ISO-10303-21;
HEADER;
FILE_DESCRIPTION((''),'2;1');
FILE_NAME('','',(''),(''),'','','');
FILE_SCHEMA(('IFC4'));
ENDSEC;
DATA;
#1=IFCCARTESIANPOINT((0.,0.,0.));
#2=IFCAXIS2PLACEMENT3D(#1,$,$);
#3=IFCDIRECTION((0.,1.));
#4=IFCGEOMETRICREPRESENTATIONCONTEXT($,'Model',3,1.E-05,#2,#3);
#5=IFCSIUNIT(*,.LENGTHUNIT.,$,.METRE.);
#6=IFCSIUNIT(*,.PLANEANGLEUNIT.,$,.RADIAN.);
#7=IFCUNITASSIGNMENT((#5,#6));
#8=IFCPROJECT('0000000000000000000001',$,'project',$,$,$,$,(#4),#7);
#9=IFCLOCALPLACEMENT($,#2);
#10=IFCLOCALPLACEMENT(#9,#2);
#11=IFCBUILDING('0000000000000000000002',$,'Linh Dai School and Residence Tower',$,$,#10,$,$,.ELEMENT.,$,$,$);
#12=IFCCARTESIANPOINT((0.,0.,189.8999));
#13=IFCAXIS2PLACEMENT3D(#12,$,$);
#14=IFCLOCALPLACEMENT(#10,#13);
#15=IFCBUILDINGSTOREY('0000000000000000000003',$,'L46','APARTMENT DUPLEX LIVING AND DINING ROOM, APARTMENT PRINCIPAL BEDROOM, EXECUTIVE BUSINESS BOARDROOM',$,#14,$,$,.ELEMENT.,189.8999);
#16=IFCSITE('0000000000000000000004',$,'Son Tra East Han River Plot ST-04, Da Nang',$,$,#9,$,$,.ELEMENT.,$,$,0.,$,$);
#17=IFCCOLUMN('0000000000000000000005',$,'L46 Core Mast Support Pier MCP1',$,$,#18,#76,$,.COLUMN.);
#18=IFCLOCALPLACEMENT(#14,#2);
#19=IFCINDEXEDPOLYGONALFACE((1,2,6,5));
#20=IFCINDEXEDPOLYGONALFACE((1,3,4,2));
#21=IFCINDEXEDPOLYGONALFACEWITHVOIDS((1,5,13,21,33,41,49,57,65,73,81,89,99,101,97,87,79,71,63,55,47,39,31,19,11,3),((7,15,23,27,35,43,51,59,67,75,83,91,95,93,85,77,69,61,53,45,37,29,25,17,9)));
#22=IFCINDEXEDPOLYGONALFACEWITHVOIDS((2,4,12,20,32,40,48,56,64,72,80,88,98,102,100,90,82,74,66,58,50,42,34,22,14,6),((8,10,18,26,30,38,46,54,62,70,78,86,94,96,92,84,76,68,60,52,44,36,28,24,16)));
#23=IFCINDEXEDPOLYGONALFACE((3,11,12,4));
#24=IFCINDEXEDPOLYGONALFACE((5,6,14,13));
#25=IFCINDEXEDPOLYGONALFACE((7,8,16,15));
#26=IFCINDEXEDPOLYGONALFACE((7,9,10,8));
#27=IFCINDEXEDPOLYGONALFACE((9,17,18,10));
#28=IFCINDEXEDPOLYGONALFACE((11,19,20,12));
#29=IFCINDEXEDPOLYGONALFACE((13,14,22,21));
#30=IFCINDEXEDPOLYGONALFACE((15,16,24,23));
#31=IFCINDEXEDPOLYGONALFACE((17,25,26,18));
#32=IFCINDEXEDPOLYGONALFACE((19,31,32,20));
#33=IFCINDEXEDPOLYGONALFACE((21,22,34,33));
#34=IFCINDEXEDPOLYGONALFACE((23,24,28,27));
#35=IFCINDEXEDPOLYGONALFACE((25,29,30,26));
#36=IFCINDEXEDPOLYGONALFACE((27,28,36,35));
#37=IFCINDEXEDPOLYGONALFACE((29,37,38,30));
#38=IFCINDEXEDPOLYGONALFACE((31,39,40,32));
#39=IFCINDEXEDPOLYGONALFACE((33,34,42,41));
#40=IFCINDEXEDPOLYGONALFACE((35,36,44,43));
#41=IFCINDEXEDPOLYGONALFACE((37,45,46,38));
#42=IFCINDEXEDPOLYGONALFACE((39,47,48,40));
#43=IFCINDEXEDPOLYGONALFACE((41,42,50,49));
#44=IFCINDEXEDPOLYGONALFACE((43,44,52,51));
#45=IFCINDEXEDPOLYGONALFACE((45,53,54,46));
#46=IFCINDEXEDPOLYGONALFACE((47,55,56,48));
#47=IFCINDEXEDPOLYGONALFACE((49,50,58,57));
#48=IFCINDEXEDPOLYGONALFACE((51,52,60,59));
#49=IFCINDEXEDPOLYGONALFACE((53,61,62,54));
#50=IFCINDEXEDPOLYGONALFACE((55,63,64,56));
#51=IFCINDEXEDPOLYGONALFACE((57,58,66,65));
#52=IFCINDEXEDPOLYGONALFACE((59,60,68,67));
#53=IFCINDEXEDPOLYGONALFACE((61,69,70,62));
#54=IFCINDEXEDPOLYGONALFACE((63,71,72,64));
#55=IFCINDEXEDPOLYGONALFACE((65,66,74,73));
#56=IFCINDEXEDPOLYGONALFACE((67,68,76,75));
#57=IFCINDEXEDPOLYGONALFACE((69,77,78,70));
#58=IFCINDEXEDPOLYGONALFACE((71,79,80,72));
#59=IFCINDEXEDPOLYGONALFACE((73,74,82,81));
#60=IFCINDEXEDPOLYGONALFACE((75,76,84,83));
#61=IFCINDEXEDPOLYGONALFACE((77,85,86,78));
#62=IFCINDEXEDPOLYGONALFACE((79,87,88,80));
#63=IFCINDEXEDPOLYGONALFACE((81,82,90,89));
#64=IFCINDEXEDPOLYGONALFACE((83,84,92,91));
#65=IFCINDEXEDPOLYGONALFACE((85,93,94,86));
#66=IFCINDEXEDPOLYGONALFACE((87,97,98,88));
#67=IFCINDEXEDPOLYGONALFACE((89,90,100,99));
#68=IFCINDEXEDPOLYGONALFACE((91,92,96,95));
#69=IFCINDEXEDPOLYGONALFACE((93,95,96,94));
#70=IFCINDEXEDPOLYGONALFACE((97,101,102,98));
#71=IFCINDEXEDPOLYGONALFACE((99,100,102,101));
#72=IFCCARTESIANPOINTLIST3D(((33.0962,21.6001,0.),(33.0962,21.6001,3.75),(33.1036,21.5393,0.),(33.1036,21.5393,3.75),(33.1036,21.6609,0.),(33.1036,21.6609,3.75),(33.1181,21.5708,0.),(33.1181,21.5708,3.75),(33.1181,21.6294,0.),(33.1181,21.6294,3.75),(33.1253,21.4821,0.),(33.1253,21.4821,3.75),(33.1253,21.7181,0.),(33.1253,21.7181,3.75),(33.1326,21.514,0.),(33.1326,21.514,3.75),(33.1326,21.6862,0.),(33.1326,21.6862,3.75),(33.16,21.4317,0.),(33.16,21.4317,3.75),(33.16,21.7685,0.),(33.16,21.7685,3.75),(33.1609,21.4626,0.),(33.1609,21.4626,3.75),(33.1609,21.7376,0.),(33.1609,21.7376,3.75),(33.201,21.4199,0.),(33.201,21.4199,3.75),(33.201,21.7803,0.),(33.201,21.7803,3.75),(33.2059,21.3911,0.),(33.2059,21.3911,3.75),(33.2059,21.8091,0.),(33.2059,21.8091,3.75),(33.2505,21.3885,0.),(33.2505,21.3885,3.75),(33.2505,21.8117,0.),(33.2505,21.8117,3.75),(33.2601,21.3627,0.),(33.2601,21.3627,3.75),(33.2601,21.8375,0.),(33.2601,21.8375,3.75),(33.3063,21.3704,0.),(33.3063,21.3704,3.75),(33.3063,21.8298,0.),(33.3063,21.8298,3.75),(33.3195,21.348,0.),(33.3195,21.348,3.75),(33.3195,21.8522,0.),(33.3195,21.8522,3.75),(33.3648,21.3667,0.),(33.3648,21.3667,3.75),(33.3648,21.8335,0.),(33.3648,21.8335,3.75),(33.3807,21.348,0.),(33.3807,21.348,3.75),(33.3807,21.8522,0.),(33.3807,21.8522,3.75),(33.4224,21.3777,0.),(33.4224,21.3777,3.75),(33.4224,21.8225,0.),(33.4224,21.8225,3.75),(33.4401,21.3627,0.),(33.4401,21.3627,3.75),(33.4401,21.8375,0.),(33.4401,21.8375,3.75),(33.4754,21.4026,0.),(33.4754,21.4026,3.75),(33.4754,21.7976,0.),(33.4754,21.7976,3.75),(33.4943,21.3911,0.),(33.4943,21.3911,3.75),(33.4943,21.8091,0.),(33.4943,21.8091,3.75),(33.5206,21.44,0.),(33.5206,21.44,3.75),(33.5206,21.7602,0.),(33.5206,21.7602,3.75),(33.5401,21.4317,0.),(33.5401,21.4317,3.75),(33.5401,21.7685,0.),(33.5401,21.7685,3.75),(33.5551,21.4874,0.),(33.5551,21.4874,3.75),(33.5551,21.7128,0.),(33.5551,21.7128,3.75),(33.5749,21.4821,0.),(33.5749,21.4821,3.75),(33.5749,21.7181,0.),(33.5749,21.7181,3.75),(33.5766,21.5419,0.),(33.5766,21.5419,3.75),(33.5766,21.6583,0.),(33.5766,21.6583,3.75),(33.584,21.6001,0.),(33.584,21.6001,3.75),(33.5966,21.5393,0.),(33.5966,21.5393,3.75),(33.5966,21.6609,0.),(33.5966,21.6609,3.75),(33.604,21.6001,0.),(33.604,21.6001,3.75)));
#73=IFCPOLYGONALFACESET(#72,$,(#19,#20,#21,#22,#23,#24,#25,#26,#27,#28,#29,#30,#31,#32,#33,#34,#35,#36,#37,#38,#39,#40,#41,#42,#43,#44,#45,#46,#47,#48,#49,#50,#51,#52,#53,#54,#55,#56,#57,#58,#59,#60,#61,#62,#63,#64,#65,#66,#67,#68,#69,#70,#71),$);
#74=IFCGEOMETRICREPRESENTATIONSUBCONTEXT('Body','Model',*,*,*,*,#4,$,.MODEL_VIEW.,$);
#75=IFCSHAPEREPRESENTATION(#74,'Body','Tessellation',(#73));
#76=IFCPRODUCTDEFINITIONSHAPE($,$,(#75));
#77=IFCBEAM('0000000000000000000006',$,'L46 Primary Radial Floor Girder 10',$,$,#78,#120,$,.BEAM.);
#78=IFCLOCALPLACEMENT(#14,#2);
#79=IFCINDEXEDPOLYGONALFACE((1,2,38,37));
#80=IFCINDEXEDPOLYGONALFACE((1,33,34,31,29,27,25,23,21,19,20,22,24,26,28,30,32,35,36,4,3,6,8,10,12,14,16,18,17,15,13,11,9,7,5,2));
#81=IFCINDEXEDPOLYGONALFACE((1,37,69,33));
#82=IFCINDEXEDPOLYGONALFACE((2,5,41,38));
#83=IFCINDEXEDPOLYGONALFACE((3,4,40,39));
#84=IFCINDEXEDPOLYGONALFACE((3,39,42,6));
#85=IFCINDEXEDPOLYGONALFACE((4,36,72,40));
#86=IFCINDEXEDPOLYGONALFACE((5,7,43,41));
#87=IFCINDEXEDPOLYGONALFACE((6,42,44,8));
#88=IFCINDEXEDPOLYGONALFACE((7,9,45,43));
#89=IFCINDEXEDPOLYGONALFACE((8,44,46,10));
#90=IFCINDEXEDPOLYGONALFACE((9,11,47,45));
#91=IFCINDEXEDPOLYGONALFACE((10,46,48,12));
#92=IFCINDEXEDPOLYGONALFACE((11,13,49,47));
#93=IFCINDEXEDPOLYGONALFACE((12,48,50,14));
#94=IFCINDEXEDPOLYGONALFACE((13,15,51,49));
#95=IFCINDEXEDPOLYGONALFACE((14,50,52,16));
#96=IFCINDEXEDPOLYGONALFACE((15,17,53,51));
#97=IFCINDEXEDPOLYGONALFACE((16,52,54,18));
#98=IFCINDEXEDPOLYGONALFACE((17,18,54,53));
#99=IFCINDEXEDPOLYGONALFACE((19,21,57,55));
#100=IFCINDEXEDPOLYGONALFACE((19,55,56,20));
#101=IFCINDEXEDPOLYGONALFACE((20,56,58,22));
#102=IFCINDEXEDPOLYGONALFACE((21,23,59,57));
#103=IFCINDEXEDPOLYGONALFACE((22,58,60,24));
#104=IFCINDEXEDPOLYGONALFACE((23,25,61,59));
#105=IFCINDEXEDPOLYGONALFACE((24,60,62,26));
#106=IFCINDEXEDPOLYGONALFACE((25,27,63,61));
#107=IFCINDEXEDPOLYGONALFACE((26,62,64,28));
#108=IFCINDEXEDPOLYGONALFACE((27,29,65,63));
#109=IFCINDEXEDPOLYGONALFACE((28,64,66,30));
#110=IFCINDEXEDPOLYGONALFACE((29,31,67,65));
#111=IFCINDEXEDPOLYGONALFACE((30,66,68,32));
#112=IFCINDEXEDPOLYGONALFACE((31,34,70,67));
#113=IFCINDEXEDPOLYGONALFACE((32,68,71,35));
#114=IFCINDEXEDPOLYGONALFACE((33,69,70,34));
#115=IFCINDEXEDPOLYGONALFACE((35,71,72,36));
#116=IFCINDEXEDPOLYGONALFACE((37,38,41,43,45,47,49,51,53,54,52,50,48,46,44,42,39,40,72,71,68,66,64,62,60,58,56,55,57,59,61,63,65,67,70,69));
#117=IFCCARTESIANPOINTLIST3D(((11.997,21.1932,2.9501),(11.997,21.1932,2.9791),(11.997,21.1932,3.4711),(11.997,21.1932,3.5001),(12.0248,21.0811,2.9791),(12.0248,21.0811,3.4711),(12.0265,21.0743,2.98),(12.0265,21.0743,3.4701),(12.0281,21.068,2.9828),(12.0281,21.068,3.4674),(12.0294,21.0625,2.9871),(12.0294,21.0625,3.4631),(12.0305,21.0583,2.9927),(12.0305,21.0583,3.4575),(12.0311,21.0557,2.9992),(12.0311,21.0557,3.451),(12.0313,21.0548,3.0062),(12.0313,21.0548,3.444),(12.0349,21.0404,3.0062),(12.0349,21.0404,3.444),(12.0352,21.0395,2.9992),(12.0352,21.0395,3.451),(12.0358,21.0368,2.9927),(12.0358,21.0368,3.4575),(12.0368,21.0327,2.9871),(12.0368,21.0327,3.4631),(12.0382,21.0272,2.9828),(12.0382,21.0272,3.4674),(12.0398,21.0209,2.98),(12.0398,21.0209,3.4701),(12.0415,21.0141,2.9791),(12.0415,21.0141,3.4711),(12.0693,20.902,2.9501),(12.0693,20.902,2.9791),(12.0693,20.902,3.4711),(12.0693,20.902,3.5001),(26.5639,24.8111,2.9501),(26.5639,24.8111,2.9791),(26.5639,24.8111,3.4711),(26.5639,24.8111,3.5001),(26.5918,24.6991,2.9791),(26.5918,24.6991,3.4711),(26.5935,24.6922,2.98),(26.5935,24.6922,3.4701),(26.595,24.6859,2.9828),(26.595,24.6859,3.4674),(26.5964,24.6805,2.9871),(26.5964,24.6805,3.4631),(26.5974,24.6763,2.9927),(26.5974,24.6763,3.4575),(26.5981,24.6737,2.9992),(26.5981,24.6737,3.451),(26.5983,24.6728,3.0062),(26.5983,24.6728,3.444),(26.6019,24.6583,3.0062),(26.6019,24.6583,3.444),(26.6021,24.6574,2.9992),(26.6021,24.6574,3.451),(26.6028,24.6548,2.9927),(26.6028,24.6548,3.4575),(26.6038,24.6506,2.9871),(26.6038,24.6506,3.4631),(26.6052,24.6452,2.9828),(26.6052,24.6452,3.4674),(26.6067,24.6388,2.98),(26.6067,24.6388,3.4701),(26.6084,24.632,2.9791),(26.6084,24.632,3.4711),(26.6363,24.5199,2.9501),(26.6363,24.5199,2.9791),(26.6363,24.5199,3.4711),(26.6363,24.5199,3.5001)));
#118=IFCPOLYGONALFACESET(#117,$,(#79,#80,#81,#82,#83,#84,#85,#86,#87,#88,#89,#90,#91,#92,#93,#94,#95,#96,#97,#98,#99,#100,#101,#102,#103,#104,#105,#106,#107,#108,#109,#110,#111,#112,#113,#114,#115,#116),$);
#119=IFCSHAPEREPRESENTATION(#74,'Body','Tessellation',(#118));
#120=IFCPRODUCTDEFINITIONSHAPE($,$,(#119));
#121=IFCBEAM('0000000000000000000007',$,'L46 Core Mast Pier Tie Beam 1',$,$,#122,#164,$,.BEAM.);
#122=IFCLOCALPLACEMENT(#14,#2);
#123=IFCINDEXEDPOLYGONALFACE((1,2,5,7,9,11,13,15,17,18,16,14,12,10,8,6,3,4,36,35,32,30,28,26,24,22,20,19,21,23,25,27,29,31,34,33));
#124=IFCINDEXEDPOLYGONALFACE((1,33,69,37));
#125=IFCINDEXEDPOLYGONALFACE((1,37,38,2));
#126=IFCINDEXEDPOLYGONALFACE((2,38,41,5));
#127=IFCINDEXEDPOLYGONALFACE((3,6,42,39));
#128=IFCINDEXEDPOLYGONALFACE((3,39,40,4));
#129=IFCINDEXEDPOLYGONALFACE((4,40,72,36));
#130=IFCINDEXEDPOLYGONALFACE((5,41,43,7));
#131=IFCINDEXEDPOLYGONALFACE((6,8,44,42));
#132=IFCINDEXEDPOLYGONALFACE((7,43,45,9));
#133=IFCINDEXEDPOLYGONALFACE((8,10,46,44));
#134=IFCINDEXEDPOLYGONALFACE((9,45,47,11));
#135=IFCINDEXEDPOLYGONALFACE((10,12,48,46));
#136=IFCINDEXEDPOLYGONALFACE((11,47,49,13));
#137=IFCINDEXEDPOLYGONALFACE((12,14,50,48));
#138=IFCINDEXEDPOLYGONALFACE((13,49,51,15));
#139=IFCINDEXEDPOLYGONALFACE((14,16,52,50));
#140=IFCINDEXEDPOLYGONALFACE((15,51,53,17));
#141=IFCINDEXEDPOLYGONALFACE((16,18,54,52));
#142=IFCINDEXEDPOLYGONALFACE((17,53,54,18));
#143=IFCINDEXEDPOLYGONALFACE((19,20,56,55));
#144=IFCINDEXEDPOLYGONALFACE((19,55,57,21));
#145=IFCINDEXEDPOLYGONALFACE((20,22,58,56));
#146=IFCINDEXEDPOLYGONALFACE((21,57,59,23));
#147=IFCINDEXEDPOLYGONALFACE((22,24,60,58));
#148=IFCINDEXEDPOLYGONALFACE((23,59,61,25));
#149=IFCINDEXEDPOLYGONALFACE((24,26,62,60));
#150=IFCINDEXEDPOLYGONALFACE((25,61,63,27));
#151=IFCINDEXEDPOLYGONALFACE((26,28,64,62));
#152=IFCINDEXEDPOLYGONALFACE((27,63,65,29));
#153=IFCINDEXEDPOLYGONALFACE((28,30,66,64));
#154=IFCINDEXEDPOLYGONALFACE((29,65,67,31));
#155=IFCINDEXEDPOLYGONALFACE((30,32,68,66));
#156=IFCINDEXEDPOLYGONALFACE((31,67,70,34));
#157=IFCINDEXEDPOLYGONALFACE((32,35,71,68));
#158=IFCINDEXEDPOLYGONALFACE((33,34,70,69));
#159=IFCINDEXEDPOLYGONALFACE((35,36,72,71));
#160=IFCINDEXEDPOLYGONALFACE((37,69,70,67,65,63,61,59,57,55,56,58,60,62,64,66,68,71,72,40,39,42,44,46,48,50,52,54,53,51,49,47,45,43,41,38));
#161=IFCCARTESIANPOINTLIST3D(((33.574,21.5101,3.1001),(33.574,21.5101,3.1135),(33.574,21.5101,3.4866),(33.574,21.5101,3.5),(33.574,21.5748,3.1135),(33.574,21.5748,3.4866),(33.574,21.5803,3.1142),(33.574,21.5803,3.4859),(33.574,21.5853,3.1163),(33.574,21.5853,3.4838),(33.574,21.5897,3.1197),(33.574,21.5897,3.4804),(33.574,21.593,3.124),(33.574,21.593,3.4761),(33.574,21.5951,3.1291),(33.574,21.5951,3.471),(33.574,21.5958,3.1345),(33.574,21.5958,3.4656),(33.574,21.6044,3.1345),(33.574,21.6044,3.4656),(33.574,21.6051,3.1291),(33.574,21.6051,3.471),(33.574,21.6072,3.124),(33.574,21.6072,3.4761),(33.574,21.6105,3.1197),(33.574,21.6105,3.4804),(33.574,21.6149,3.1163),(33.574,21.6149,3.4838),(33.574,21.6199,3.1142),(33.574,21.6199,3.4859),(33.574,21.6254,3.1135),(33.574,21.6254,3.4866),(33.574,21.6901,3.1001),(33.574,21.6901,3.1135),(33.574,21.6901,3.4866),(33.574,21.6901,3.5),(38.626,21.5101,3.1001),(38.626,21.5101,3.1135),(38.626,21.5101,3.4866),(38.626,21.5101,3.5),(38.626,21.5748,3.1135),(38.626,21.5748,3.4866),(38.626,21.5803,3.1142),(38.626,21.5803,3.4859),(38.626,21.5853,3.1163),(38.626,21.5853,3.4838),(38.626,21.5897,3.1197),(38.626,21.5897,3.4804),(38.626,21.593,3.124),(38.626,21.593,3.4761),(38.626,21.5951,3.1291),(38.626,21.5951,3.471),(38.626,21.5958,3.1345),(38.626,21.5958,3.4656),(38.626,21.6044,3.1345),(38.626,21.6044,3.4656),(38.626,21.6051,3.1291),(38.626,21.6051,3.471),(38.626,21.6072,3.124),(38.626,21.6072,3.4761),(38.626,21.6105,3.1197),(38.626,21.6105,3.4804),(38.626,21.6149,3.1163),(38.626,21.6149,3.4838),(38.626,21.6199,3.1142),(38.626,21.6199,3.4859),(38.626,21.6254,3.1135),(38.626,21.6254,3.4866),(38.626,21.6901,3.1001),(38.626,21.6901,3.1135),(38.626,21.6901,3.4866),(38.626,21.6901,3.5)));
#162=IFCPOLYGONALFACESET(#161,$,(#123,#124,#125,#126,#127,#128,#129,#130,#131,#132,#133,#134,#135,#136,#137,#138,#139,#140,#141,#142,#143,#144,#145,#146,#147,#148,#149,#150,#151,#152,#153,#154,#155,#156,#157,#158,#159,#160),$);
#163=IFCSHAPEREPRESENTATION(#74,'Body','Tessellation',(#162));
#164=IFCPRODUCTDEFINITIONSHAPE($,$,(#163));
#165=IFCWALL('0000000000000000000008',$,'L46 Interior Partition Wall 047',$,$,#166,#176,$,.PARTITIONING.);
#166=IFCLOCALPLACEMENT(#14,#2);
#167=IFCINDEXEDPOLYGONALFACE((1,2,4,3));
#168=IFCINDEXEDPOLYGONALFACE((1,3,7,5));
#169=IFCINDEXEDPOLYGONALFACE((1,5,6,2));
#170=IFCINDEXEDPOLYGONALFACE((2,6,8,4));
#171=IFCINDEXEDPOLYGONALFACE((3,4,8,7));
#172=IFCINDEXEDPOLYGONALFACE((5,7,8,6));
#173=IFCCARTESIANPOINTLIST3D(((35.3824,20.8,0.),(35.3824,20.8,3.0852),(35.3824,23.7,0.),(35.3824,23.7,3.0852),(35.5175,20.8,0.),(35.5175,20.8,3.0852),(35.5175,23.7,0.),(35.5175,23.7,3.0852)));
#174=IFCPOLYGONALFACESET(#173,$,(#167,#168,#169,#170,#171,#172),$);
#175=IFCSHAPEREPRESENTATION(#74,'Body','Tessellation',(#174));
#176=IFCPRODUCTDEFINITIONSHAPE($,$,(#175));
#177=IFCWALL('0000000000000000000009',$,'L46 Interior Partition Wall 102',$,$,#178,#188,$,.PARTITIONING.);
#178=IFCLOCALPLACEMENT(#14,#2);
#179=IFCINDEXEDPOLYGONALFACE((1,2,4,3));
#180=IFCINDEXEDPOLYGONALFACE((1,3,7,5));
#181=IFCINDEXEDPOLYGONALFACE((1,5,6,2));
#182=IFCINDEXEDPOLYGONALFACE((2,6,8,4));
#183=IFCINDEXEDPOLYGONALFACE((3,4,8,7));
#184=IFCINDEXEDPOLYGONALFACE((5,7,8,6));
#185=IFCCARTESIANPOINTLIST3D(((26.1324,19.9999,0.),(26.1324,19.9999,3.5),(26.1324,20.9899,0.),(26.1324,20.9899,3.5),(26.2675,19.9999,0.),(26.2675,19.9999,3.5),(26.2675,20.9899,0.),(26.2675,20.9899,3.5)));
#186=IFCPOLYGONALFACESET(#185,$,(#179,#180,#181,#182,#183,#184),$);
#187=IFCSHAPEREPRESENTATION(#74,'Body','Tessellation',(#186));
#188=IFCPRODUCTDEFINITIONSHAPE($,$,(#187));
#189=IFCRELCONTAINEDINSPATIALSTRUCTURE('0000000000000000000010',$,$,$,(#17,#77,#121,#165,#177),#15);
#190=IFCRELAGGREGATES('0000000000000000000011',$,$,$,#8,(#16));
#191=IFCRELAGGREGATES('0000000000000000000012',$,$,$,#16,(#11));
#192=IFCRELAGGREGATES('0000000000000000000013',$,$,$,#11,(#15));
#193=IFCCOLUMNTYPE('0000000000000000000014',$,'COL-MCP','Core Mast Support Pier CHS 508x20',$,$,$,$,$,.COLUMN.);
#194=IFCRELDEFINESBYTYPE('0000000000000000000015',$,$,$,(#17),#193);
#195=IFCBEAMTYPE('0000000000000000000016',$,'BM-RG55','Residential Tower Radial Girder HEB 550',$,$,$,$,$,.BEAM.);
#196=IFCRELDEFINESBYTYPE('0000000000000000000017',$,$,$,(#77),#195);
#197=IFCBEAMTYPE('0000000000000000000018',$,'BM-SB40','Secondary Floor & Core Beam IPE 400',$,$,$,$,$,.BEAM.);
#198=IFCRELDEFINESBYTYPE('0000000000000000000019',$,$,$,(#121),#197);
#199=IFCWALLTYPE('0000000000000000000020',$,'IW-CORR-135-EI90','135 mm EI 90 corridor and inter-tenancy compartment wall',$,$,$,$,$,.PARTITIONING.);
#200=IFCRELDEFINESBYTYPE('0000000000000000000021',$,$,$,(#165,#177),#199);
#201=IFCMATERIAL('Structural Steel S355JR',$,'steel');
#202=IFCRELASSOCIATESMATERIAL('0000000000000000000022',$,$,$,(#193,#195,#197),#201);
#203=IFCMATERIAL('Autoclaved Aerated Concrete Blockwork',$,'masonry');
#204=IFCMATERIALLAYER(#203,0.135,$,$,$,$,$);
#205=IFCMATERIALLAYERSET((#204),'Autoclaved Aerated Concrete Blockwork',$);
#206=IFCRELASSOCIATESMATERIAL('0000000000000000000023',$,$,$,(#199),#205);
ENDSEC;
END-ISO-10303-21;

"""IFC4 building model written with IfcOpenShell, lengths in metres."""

from ifc_helpers import new_model, si_unit, direction, frame, frame_2d, origin, origin_2d, place, context, subcontext, project, spatial, rectangle, hollow_circle, i_section, extrude, material, layer, layer_set, material_profile, profile_set, type_object, element, save


model = new_model("IFC4")

# Units and contexts
model_context = context("Model", 3, precision=1e-05, world=origin(), true_north=direction((0.0, 1.0)))
body_context = subcontext(model_context, "Body", "Model", "MODEL_VIEW")
ifc_project = project(units=[si_unit("LENGTHUNIT", "METRE"), si_unit("PLANEANGLEUNIT", "RADIAN")], contexts=[model_context])

# Site, building, storey
site_placement = place(None, origin())
site = spatial("IfcSite", under=ifc_project, at=site_placement, Name="Son Tra East Han River Plot ST-04, Da Nang", CompositionType="ELEMENT", RefElevation=0.0)
building_placement = place(site_placement, origin())
building = spatial("IfcBuilding", under=site, at=building_placement, Name="Linh Dai School and Residence Tower", CompositionType="ELEMENT")
storey_placement = place(building_placement, frame((0.0, 0.0, 189.8999)))
storey = spatial("IfcBuildingStorey", under=building, at=storey_placement, Name="L46", Description="APARTMENT DUPLEX LIVING AND DINING ROOM, APARTMENT PRINCIPAL BEDROOM, EXECUTIVE BUSINESS BOARDROOM", CompositionType="ELEMENT", Elevation=189.8999)

# Column
ifc_material_1 = material(Name="Structural Steel S355JR", Category="steel")
ifc_material_profile_1 = material_profile(ifc_material_1, hollow_circle(Radius=0.2539, WallThickness=0.02, at=origin_2d()), Name="CHS 508x20")
ifc_profile_set_1 = profile_set([ifc_material_profile_1], Name="Structural Steel S355JR")
column_type_1 = type_object("IfcColumnType", Name="COL-MCP", Description="Core Mast Support Pier CHS 508x20", PredefinedType="COLUMN", material=ifc_profile_set_1)
column_placement = place(storey_placement, frame((33.3501, 21.6001, 0.0), z_axis=(0.0, 0.0, 1.0), x_axis=(1.0, 0.0, 0.0)))
element("IfcColumn", 1, at=column_placement, inside=storey, type_object=column_type_1, Name="L46 Core Mast Support Pier MCP1", PredefinedType="COLUMN", context=body_context, shape_type="SweptSolid", body=[
    extrude(hollow_circle(Radius=0.2539, WallThickness=0.02, at=origin_2d()), origin(), (0.0, 0.0, 1.0), 3.75),
])

# Beams
ifc_material_profile_2 = material_profile(ifc_material_1, i_section(OverallWidth=0.3, OverallDepth=0.55, WebThickness=0.0149, FlangeThickness=0.0291, FilletRadius=0.0271, at=origin_2d()), Name="HEB 550")
ifc_profile_set_2 = profile_set([ifc_material_profile_2], Name="Structural Steel S355JR")
beam_type_1 = type_object("IfcBeamType", Name="BM-RG55", Description="Residential Tower Radial Girder HEB 550", PredefinedType="BEAM", material=ifc_profile_set_2)
beam_1_placement = place(storey_placement, frame((26.6001, 24.6655, 3.2251), z_axis=(-0.970515, -0.241043, 0.0), x_axis=(0.241043, -0.970515, 0.0)))
element("IfcBeam", 2, at=beam_1_placement, inside=storey, type_object=beam_type_1, Name="L46 Primary Radial Floor Girder 10", PredefinedType="BEAM", context=body_context, shape_type="SweptSolid", body=[
    extrude(i_section(OverallWidth=0.3, OverallDepth=0.55, WebThickness=0.0149, FlangeThickness=0.0291, FilletRadius=0.0271, at=origin_2d()), origin(), (0.0, 0.0, 1.0), 15.0095),
])
ifc_material_profile_3 = material_profile(ifc_material_1, i_section(OverallWidth=0.1799, OverallDepth=0.3999, WebThickness=0.0085, FlangeThickness=0.0134, FilletRadius=0.021, at=origin_2d()), Name="IPE 400")
ifc_profile_set_3 = profile_set([ifc_material_profile_3], Name="Structural Steel S355JR")
beam_type_2 = type_object("IfcBeamType", Name="BM-SB40", Description="Secondary Floor & Core Beam IPE 400", PredefinedType="BEAM", material=ifc_profile_set_3)
beam_2_placement = place(storey_placement, frame((33.574, 21.6001, 3.3), z_axis=(1.0, 0.0, 0.0), x_axis=(0.0, 1.0, 0.0)))
element("IfcBeam", 3, at=beam_2_placement, inside=storey, type_object=beam_type_2, Name="L46 Core Mast Pier Tie Beam 1", PredefinedType="BEAM", context=body_context, shape_type="SweptSolid", body=[
    extrude(i_section(OverallWidth=0.1799, OverallDepth=0.3999, WebThickness=0.0085, FlangeThickness=0.0134, FilletRadius=0.021, at=origin_2d()), origin(), (0.0, 0.0, 1.0), 5.052),
])

# Wall
ifc_material_2 = material(Name="Autoclaved Aerated Concrete Blockwork", Category="masonry")
ifc_layer_1 = layer(ifc_material_2, 0.135)
ifc_layer_set_1 = layer_set([ifc_layer_1], Name="Autoclaved Aerated Concrete Blockwork")
wall_type_1 = type_object("IfcWallType", Name="IW-CORR-135-EI90", Description="135 mm EI 90 corridor and inter-tenancy compartment wall", PredefinedType="PARTITIONING", material=ifc_layer_set_1)
wall_1_placement = place(storey_placement, frame((35.45, 20.8, 0.0), z_axis=(0.0, 0.0, 1.0), x_axis=(0.0, 1.0, 0.0)))
element("IfcWall", 4, at=wall_1_placement, inside=storey, type_object=wall_type_1, Name="L46 Interior Partition Wall 047", PredefinedType="PARTITIONING", context=body_context, shape_type="SweptSolid", body=[
    extrude(rectangle(XDim=2.8999, YDim=0.135, at=frame_2d((1.45, 0.0))), origin(), (0.0, 0.0, 1.0), 3.0852),
])

# Wall
wall_2_placement = place(storey_placement, frame((26.2, 20.99, 0.0), z_axis=(0.0, 0.0, 1.0), x_axis=(0.0, -1.0, 0.0)))
element("IfcWall", 5, at=wall_2_placement, inside=storey, type_object=wall_type_1, Name="L46 Interior Partition Wall 102", PredefinedType="PARTITIONING", context=body_context, shape_type="SweptSolid", body=[
    extrude(rectangle(XDim=0.99, YDim=0.135, at=frame_2d((0.4951, 0.0))), origin(), (0.0, 0.0, 1.0), 3.5),
])

save(model, "model.ifc")
